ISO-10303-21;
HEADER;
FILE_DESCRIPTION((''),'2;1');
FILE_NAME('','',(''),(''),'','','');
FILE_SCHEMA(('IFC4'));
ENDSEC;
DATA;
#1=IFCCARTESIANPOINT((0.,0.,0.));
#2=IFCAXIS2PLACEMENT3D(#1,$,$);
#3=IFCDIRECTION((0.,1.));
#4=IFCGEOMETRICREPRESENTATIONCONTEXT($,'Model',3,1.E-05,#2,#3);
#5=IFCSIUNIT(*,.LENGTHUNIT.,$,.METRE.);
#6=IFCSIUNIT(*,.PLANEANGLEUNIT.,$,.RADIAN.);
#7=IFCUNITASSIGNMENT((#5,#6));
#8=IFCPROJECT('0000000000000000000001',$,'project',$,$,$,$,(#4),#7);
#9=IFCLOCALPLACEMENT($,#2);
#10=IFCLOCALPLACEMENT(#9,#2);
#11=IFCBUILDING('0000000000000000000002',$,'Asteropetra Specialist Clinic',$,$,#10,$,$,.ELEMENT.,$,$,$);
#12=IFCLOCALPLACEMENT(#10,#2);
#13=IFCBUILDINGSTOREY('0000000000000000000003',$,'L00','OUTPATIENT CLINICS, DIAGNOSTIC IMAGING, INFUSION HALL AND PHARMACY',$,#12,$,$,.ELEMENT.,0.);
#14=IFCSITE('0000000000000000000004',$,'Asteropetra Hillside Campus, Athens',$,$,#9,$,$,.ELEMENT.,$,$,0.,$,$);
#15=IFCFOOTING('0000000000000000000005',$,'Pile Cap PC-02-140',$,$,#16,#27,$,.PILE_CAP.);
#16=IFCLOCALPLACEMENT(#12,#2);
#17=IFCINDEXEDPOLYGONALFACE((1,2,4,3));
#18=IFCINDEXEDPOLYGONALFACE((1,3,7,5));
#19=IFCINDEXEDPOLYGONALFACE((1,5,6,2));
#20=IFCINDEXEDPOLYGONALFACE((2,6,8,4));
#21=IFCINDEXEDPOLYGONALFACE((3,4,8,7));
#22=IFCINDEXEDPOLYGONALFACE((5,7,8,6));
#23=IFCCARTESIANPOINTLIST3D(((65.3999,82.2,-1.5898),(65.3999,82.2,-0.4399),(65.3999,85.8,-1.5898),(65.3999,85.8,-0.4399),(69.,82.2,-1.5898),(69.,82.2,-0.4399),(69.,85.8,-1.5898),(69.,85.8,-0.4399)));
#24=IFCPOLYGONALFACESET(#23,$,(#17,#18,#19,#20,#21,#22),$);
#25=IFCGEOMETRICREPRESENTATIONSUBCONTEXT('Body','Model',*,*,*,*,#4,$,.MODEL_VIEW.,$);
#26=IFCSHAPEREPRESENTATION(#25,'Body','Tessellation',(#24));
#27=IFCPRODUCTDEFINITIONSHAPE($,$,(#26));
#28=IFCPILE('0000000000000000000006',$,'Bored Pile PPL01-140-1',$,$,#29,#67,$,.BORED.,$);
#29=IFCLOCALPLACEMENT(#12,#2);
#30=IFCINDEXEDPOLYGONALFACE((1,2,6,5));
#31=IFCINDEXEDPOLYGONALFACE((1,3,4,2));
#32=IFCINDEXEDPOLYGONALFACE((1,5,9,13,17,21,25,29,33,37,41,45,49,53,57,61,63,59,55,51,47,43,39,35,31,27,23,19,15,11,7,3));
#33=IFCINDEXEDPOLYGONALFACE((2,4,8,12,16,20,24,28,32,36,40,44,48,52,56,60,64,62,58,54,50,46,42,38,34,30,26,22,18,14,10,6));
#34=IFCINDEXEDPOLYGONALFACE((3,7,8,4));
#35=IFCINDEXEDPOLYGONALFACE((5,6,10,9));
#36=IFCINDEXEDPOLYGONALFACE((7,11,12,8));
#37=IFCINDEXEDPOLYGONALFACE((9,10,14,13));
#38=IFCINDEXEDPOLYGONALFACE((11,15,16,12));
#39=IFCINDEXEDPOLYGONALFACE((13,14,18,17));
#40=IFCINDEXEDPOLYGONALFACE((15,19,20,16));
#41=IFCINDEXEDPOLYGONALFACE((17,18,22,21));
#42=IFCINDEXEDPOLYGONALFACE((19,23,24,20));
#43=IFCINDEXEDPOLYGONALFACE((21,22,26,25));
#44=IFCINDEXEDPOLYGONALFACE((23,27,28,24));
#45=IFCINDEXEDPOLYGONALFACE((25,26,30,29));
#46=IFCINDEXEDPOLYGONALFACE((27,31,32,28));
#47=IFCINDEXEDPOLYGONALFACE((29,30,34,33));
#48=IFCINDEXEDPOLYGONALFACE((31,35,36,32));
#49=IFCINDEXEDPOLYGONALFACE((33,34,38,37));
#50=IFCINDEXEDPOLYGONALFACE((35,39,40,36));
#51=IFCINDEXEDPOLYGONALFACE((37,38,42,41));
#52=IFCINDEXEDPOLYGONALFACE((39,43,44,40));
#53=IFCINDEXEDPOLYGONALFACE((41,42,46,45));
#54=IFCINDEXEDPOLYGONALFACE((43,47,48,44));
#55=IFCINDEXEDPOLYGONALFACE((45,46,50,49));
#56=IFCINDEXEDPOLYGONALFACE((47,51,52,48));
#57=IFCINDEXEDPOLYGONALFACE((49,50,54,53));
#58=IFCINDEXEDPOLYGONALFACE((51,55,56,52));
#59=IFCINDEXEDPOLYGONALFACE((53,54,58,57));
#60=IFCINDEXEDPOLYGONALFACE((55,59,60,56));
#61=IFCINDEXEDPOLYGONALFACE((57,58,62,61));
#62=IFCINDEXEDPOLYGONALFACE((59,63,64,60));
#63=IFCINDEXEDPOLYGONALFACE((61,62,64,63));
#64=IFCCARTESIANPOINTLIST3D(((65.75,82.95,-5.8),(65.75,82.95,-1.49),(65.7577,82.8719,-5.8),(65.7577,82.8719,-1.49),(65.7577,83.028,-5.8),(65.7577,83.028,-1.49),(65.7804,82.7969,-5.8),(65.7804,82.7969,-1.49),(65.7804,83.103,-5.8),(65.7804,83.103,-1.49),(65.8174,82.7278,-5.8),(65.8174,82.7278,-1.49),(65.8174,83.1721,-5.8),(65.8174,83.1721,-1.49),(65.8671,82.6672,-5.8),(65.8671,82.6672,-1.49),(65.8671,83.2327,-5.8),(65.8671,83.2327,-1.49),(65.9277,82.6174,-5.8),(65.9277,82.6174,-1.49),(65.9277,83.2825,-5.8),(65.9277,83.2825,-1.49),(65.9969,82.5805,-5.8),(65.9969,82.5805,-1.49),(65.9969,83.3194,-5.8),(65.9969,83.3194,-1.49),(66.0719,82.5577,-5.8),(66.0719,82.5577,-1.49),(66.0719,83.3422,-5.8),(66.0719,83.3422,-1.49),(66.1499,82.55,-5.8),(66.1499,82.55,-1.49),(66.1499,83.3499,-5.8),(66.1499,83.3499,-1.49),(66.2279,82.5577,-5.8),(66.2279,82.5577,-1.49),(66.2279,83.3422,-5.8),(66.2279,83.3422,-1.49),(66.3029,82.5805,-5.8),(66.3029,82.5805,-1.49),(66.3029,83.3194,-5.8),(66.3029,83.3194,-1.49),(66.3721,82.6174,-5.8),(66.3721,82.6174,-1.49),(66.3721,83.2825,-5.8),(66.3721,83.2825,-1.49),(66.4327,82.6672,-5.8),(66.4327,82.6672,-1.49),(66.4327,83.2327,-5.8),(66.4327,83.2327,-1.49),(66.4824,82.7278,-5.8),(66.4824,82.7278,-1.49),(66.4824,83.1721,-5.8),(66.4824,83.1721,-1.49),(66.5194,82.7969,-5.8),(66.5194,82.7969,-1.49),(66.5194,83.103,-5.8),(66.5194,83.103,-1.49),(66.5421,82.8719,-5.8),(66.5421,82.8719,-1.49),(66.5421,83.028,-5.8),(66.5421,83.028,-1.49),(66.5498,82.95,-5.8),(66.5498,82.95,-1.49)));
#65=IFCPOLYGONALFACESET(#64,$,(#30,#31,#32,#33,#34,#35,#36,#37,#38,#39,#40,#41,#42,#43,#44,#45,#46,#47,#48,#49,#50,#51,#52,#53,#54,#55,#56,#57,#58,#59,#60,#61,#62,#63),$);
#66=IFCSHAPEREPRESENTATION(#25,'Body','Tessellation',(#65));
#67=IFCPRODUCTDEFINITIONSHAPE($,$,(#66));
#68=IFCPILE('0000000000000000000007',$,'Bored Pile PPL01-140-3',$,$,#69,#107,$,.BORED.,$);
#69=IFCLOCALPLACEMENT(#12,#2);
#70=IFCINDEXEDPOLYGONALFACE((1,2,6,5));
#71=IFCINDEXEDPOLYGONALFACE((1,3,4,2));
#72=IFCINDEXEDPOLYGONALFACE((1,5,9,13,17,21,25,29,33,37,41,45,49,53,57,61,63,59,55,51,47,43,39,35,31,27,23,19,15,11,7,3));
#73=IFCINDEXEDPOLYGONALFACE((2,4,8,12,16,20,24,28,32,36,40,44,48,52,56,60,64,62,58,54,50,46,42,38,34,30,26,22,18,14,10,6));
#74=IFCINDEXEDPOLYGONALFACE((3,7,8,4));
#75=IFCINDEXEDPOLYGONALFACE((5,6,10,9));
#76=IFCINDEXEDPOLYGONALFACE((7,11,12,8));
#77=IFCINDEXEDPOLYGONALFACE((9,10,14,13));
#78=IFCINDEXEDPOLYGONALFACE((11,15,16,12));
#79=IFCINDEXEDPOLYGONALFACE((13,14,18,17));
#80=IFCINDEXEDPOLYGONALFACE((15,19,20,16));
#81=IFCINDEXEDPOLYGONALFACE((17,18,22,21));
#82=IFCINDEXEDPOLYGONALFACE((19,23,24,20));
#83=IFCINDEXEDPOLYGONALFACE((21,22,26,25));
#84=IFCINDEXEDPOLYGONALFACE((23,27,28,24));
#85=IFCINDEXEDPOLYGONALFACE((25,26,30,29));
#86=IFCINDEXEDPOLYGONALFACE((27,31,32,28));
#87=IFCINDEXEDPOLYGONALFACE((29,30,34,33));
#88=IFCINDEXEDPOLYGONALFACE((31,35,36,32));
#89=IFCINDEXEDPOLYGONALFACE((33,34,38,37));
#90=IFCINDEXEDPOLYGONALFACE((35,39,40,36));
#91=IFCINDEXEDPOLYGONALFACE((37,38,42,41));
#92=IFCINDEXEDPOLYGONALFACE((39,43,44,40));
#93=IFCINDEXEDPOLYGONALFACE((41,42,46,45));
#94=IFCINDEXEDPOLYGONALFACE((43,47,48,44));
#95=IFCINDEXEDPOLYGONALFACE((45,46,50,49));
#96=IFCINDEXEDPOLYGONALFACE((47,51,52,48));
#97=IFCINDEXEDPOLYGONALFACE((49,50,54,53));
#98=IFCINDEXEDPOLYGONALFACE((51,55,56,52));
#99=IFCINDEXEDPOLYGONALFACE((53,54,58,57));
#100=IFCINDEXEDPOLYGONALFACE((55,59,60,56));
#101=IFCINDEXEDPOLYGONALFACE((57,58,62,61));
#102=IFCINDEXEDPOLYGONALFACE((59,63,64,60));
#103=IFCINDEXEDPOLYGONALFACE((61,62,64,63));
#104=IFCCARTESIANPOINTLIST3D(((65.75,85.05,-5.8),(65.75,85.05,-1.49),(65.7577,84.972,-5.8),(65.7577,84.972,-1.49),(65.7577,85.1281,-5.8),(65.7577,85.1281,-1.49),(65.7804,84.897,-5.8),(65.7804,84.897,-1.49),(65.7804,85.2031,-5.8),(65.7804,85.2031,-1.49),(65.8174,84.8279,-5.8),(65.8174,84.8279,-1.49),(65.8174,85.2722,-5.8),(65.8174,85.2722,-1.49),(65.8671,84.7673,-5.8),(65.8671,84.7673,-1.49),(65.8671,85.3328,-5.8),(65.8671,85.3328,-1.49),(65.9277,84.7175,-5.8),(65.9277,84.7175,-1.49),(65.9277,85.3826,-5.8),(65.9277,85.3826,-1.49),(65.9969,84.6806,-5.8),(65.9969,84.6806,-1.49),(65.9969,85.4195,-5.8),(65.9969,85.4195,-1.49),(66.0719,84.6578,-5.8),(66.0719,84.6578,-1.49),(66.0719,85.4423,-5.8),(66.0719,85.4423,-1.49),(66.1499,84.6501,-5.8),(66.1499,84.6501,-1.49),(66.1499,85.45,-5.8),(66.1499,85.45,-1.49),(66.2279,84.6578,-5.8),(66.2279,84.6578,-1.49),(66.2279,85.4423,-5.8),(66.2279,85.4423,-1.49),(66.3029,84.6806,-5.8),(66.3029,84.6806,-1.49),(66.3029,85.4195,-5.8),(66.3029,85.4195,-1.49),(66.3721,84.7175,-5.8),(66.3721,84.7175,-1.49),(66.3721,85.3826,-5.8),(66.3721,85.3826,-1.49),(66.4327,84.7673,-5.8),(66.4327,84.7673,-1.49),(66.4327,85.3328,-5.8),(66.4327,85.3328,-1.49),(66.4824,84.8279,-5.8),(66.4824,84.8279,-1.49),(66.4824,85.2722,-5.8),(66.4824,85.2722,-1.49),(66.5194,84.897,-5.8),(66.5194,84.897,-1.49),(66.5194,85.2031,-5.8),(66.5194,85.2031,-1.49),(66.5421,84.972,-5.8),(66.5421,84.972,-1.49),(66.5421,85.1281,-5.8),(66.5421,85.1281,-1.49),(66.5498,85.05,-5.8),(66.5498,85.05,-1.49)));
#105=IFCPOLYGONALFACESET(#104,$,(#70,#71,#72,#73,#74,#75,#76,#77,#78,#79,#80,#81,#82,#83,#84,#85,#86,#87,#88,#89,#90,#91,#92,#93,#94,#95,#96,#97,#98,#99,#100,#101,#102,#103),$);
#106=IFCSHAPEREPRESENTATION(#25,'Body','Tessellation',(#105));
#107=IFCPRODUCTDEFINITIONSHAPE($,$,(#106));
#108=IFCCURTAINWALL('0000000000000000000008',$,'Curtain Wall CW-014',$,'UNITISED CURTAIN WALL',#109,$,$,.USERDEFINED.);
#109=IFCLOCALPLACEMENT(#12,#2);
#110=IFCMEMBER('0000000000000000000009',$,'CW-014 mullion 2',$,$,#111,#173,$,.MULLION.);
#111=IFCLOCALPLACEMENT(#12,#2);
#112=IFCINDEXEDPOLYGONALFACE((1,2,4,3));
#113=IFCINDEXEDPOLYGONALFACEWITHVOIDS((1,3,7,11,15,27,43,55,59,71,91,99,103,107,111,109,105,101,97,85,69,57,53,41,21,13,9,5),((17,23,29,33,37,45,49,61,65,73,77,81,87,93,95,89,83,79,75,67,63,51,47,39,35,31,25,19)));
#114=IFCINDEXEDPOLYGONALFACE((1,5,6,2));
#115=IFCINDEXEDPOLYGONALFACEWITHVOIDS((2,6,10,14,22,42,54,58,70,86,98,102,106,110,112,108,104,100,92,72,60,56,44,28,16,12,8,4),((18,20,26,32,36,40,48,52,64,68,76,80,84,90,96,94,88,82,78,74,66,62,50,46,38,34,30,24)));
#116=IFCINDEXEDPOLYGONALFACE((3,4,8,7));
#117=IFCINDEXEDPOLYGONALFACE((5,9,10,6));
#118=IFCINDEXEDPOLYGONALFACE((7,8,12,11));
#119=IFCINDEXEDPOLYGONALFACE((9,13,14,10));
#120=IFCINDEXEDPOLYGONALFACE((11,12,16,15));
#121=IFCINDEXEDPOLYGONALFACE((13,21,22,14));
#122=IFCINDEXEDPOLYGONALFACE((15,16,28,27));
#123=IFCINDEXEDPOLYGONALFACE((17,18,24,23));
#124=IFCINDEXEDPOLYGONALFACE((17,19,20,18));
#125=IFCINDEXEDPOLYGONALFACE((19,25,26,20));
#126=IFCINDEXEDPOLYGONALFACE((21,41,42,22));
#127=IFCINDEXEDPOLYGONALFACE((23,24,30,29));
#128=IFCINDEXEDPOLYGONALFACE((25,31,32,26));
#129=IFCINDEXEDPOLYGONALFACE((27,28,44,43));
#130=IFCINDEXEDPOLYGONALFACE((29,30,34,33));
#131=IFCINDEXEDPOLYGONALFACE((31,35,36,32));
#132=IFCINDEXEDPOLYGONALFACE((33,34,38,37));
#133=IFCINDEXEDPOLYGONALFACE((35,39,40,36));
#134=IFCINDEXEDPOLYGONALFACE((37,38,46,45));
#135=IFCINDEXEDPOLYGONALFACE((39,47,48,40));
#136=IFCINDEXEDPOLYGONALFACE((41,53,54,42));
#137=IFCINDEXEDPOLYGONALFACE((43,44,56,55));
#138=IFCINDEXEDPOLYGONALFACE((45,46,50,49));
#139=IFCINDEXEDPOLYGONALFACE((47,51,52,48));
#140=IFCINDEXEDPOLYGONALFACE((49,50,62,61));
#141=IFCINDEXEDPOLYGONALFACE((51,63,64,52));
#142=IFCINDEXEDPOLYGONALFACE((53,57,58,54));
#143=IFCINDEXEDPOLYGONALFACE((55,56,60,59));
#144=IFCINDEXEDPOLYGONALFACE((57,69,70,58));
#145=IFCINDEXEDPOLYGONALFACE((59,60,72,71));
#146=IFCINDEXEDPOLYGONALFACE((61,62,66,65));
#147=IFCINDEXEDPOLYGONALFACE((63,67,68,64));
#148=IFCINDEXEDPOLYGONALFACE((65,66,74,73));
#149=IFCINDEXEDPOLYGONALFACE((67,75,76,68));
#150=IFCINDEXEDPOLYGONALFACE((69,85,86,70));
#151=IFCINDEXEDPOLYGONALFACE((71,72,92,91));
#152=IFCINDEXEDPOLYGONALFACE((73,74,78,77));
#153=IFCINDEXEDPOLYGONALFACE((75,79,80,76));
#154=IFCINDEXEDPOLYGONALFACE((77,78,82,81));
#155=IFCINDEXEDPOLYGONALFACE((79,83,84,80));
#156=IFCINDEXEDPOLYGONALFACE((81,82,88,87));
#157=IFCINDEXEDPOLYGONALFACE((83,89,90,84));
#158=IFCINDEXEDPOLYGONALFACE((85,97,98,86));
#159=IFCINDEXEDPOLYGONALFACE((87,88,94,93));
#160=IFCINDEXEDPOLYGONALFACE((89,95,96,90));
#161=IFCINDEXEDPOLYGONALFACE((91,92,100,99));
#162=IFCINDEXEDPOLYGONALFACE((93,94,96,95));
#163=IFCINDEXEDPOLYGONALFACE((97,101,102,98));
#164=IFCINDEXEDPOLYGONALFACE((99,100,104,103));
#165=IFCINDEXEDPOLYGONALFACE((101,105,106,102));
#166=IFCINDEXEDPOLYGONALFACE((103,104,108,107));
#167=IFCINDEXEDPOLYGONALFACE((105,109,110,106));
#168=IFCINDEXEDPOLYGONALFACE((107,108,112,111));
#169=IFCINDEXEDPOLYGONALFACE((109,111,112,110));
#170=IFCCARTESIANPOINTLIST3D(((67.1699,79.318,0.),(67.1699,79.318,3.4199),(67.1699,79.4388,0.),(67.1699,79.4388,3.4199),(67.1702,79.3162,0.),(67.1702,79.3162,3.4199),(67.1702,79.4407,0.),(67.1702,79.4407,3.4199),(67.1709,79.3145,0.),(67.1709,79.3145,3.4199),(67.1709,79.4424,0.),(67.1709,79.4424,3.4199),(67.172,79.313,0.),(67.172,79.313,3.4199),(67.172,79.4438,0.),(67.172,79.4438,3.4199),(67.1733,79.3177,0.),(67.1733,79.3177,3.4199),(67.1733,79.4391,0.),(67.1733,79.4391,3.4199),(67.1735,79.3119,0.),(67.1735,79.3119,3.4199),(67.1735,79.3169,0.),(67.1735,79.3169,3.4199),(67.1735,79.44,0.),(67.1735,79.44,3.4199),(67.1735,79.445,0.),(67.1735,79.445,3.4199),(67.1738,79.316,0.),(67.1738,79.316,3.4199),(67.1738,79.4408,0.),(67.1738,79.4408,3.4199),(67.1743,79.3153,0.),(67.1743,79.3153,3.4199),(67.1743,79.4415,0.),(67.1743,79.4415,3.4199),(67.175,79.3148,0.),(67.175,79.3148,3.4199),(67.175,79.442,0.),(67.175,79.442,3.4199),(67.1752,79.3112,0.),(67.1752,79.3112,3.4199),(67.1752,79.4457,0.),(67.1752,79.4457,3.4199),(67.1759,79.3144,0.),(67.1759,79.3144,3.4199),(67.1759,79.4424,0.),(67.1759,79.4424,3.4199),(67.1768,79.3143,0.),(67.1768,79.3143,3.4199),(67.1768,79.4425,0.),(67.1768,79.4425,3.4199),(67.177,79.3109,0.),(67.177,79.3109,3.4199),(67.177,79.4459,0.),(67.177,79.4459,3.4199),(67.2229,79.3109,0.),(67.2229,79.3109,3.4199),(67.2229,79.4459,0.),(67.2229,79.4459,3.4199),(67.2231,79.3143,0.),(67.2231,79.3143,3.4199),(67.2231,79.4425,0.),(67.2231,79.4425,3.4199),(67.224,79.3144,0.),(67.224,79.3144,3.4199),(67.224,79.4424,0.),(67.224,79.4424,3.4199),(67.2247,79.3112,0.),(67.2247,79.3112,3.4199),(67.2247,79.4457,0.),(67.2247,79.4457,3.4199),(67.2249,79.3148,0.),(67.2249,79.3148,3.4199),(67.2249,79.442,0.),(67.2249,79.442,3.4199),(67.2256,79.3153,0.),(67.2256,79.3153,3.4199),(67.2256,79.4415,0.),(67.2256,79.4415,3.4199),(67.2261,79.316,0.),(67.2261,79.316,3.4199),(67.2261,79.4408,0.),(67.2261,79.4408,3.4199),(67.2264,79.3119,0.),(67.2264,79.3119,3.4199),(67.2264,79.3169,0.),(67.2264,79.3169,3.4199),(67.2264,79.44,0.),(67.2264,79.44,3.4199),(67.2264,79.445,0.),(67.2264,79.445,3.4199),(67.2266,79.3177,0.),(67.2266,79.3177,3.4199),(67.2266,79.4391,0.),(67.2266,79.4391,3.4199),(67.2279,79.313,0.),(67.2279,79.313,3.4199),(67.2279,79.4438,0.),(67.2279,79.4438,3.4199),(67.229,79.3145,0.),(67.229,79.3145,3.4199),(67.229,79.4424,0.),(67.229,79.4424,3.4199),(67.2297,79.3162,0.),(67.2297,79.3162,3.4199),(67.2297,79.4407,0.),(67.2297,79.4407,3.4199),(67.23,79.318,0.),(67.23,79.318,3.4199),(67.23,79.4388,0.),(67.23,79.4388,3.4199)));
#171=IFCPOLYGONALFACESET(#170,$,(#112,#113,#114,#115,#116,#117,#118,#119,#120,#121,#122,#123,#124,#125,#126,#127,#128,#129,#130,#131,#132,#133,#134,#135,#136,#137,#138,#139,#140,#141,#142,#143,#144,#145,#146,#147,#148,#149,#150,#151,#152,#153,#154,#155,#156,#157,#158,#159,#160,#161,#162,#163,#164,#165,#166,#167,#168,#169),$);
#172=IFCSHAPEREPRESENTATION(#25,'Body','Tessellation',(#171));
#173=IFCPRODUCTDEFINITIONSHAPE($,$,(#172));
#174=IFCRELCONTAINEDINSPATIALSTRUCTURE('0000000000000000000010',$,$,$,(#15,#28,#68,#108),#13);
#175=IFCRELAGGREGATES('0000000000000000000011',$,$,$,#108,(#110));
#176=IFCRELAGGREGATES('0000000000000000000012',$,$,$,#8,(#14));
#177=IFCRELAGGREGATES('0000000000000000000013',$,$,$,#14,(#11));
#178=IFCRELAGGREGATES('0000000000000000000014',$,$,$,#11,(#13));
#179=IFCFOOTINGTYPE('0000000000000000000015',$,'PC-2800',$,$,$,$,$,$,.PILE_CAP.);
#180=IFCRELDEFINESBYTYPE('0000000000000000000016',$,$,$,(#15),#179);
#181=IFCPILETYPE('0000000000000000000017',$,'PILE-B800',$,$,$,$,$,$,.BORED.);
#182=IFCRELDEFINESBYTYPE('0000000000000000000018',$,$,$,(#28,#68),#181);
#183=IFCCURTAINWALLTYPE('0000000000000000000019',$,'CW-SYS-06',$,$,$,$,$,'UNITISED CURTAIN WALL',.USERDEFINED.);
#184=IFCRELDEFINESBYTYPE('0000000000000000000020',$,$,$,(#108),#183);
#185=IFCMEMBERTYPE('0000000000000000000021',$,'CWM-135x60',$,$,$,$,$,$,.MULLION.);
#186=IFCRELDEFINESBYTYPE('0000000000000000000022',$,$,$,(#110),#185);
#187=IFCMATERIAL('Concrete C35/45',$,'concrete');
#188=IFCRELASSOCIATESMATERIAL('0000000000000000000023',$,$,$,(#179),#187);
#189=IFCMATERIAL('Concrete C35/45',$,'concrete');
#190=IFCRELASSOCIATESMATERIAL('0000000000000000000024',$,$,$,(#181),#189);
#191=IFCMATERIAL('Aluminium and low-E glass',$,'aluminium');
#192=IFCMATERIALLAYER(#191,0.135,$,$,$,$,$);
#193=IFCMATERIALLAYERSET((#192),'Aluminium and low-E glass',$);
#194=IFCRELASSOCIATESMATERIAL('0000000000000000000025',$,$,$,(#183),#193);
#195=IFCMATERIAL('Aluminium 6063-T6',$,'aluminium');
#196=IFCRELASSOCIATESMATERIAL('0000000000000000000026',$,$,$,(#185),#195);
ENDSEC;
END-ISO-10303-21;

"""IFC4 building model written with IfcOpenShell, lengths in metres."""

from ifc_helpers import new_model, si_unit, direction, frame, origin, origin_2d, place, context, subcontext, project, spatial, rectangle, hollow_rectangle, circle, extrude, material, layer, layer_set, material_profile, profile_set, type_object, element, aggregate, save


model = new_model("IFC4")

# Units and contexts
model_context = context("Model", 3, precision=1e-05, world=origin(), true_north=direction((0.0, 1.0)))
body_context = subcontext(model_context, "Body", "Model", "MODEL_VIEW")
ifc_project = project(units=[si_unit("LENGTHUNIT", "METRE"), si_unit("PLANEANGLEUNIT", "RADIAN")], contexts=[model_context])

# Site, building, storey
site_placement = place(None, origin())
site = spatial("IfcSite", under=ifc_project, at=site_placement, Name="Asteropetra Hillside Campus, Athens", CompositionType="ELEMENT", RefElevation=0.0)
building_placement = place(site_placement, origin())
building = spatial("IfcBuilding", under=site, at=building_placement, Name="Asteropetra Specialist Clinic", CompositionType="ELEMENT")
storey_placement = place(building_placement, origin())
storey = spatial("IfcBuildingStorey", under=building, at=storey_placement, Name="L00", Description="OUTPATIENT CLINICS, DIAGNOSTIC IMAGING, INFUSION HALL AND PHARMACY", CompositionType="ELEMENT", Elevation=0.0)

# Footing
ifc_material_1 = material(Name="Concrete C35/45", Category="concrete")
footing_type = type_object("IfcFootingType", Name="PC-2800", PredefinedType="PILE_CAP", material=ifc_material_1)
footing_placement = place(storey_placement, frame((67.2, 84.0, -1.5898), z_axis=(0.0, 0.0, 1.0), x_axis=(1.0, 0.0, 0.0)))
element("IfcFooting", 1, at=footing_placement, inside=storey, type_object=footing_type, Name="Pile Cap PC-02-140", PredefinedType="PILE_CAP", context=body_context, shape_type="SweptSolid", body=[
    extrude(rectangle(XDim=3.6001, YDim=3.6001, at=origin_2d()), origin(), (0.0, 0.0, 1.0), 1.1499),
])

# Piles
ifc_material_2 = material(Name="Concrete C35/45", Category="concrete")
ifc_material_profile_1 = material_profile(ifc_material_2, circle(Radius=0.3999, at=origin_2d()), Name="PILE D800")
ifc_profile_set_1 = profile_set([ifc_material_profile_1], Name="Concrete C35/45")
pile_type = type_object("IfcPileType", Name="PILE-B800", PredefinedType="BORED", material=ifc_profile_set_1)
for number, where, z_axis, x_axis, name in (
    (2, (66.1499, 82.95, -1.49), (0.0, 0.0, -1.0), (1.0, 0.0, 0.0), "Bored Pile PPL01-140-1"),
    (3, (66.1499, 85.05, -1.49), (0.0, 0.0, -1.0), (1.0, 0.0, 0.0), "Bored Pile PPL01-140-3"),
):
    element("IfcPile", number, at=place(storey_placement, frame(where, z_axis=z_axis, x_axis=x_axis)), inside=storey, type_object=pile_type, Name=name, PredefinedType="BORED", context=body_context, shape_type="SweptSolid", body=[
        extrude(circle(Radius=0.3999, at=origin_2d()), origin(), (0.0, 0.0, 1.0), 4.3101),
    ])

# Curtain wall, member
ifc_material_3 = material(Name="Aluminium and low-E glass", Category="aluminium")
ifc_layer_1 = layer(ifc_material_3, 0.135)
ifc_layer_set_1 = layer_set([ifc_layer_1], Name="Aluminium and low-E glass")
curtain_wall_type = type_object("IfcCurtainWallType", Name="CW-SYS-06", ElementType="UNITISED CURTAIN WALL", PredefinedType="USERDEFINED", material=ifc_layer_set_1)
curtain_wall_placement = place(storey_placement, origin())
curtain_wall = element("IfcCurtainWall", 4, at=curtain_wall_placement, inside=storey, type_object=curtain_wall_type, Name="Curtain Wall CW-014", ObjectType="UNITISED CURTAIN WALL", PredefinedType="USERDEFINED")
ifc_material_4 = material(Name="Aluminium 6063-T6", Category="aluminium")
ifc_material_profile_2 = material_profile(ifc_material_4, hollow_rectangle(XDim=0.0601, YDim=0.135, WallThickness=0.0034, InnerFilletRadius=0.0034, OuterFilletRadius=0.0071, at=origin_2d()), Name="MUL 135x60x3.5")
ifc_profile_set_2 = profile_set([ifc_material_profile_2], Name="Aluminium 6063-T6")
member_type_1 = type_object("IfcMemberType", Name="CWM-135x60", PredefinedType="MULLION", material=ifc_profile_set_2)
member_1_placement = place(storey_placement, frame((67.2, 79.3784, 0.0), z_axis=(0.0, 0.0, 1.0), x_axis=(-1.0, 0.0, 0.0)))
member_1 = element("IfcMember", 5, at=member_1_placement, type_object=member_type_1, Name="CW-014 mullion 2", PredefinedType="MULLION", context=body_context, shape_type="SweptSolid", body=[
    extrude(hollow_rectangle(XDim=0.0601, YDim=0.135, WallThickness=0.0034, InnerFilletRadius=0.0034, OuterFilletRadius=0.0071, at=origin_2d()), origin(), (0.0, 0.0, 1.0), 3.4199),
])
aggregate(curtain_wall, [member_1])

save(model, "model.ifc")
